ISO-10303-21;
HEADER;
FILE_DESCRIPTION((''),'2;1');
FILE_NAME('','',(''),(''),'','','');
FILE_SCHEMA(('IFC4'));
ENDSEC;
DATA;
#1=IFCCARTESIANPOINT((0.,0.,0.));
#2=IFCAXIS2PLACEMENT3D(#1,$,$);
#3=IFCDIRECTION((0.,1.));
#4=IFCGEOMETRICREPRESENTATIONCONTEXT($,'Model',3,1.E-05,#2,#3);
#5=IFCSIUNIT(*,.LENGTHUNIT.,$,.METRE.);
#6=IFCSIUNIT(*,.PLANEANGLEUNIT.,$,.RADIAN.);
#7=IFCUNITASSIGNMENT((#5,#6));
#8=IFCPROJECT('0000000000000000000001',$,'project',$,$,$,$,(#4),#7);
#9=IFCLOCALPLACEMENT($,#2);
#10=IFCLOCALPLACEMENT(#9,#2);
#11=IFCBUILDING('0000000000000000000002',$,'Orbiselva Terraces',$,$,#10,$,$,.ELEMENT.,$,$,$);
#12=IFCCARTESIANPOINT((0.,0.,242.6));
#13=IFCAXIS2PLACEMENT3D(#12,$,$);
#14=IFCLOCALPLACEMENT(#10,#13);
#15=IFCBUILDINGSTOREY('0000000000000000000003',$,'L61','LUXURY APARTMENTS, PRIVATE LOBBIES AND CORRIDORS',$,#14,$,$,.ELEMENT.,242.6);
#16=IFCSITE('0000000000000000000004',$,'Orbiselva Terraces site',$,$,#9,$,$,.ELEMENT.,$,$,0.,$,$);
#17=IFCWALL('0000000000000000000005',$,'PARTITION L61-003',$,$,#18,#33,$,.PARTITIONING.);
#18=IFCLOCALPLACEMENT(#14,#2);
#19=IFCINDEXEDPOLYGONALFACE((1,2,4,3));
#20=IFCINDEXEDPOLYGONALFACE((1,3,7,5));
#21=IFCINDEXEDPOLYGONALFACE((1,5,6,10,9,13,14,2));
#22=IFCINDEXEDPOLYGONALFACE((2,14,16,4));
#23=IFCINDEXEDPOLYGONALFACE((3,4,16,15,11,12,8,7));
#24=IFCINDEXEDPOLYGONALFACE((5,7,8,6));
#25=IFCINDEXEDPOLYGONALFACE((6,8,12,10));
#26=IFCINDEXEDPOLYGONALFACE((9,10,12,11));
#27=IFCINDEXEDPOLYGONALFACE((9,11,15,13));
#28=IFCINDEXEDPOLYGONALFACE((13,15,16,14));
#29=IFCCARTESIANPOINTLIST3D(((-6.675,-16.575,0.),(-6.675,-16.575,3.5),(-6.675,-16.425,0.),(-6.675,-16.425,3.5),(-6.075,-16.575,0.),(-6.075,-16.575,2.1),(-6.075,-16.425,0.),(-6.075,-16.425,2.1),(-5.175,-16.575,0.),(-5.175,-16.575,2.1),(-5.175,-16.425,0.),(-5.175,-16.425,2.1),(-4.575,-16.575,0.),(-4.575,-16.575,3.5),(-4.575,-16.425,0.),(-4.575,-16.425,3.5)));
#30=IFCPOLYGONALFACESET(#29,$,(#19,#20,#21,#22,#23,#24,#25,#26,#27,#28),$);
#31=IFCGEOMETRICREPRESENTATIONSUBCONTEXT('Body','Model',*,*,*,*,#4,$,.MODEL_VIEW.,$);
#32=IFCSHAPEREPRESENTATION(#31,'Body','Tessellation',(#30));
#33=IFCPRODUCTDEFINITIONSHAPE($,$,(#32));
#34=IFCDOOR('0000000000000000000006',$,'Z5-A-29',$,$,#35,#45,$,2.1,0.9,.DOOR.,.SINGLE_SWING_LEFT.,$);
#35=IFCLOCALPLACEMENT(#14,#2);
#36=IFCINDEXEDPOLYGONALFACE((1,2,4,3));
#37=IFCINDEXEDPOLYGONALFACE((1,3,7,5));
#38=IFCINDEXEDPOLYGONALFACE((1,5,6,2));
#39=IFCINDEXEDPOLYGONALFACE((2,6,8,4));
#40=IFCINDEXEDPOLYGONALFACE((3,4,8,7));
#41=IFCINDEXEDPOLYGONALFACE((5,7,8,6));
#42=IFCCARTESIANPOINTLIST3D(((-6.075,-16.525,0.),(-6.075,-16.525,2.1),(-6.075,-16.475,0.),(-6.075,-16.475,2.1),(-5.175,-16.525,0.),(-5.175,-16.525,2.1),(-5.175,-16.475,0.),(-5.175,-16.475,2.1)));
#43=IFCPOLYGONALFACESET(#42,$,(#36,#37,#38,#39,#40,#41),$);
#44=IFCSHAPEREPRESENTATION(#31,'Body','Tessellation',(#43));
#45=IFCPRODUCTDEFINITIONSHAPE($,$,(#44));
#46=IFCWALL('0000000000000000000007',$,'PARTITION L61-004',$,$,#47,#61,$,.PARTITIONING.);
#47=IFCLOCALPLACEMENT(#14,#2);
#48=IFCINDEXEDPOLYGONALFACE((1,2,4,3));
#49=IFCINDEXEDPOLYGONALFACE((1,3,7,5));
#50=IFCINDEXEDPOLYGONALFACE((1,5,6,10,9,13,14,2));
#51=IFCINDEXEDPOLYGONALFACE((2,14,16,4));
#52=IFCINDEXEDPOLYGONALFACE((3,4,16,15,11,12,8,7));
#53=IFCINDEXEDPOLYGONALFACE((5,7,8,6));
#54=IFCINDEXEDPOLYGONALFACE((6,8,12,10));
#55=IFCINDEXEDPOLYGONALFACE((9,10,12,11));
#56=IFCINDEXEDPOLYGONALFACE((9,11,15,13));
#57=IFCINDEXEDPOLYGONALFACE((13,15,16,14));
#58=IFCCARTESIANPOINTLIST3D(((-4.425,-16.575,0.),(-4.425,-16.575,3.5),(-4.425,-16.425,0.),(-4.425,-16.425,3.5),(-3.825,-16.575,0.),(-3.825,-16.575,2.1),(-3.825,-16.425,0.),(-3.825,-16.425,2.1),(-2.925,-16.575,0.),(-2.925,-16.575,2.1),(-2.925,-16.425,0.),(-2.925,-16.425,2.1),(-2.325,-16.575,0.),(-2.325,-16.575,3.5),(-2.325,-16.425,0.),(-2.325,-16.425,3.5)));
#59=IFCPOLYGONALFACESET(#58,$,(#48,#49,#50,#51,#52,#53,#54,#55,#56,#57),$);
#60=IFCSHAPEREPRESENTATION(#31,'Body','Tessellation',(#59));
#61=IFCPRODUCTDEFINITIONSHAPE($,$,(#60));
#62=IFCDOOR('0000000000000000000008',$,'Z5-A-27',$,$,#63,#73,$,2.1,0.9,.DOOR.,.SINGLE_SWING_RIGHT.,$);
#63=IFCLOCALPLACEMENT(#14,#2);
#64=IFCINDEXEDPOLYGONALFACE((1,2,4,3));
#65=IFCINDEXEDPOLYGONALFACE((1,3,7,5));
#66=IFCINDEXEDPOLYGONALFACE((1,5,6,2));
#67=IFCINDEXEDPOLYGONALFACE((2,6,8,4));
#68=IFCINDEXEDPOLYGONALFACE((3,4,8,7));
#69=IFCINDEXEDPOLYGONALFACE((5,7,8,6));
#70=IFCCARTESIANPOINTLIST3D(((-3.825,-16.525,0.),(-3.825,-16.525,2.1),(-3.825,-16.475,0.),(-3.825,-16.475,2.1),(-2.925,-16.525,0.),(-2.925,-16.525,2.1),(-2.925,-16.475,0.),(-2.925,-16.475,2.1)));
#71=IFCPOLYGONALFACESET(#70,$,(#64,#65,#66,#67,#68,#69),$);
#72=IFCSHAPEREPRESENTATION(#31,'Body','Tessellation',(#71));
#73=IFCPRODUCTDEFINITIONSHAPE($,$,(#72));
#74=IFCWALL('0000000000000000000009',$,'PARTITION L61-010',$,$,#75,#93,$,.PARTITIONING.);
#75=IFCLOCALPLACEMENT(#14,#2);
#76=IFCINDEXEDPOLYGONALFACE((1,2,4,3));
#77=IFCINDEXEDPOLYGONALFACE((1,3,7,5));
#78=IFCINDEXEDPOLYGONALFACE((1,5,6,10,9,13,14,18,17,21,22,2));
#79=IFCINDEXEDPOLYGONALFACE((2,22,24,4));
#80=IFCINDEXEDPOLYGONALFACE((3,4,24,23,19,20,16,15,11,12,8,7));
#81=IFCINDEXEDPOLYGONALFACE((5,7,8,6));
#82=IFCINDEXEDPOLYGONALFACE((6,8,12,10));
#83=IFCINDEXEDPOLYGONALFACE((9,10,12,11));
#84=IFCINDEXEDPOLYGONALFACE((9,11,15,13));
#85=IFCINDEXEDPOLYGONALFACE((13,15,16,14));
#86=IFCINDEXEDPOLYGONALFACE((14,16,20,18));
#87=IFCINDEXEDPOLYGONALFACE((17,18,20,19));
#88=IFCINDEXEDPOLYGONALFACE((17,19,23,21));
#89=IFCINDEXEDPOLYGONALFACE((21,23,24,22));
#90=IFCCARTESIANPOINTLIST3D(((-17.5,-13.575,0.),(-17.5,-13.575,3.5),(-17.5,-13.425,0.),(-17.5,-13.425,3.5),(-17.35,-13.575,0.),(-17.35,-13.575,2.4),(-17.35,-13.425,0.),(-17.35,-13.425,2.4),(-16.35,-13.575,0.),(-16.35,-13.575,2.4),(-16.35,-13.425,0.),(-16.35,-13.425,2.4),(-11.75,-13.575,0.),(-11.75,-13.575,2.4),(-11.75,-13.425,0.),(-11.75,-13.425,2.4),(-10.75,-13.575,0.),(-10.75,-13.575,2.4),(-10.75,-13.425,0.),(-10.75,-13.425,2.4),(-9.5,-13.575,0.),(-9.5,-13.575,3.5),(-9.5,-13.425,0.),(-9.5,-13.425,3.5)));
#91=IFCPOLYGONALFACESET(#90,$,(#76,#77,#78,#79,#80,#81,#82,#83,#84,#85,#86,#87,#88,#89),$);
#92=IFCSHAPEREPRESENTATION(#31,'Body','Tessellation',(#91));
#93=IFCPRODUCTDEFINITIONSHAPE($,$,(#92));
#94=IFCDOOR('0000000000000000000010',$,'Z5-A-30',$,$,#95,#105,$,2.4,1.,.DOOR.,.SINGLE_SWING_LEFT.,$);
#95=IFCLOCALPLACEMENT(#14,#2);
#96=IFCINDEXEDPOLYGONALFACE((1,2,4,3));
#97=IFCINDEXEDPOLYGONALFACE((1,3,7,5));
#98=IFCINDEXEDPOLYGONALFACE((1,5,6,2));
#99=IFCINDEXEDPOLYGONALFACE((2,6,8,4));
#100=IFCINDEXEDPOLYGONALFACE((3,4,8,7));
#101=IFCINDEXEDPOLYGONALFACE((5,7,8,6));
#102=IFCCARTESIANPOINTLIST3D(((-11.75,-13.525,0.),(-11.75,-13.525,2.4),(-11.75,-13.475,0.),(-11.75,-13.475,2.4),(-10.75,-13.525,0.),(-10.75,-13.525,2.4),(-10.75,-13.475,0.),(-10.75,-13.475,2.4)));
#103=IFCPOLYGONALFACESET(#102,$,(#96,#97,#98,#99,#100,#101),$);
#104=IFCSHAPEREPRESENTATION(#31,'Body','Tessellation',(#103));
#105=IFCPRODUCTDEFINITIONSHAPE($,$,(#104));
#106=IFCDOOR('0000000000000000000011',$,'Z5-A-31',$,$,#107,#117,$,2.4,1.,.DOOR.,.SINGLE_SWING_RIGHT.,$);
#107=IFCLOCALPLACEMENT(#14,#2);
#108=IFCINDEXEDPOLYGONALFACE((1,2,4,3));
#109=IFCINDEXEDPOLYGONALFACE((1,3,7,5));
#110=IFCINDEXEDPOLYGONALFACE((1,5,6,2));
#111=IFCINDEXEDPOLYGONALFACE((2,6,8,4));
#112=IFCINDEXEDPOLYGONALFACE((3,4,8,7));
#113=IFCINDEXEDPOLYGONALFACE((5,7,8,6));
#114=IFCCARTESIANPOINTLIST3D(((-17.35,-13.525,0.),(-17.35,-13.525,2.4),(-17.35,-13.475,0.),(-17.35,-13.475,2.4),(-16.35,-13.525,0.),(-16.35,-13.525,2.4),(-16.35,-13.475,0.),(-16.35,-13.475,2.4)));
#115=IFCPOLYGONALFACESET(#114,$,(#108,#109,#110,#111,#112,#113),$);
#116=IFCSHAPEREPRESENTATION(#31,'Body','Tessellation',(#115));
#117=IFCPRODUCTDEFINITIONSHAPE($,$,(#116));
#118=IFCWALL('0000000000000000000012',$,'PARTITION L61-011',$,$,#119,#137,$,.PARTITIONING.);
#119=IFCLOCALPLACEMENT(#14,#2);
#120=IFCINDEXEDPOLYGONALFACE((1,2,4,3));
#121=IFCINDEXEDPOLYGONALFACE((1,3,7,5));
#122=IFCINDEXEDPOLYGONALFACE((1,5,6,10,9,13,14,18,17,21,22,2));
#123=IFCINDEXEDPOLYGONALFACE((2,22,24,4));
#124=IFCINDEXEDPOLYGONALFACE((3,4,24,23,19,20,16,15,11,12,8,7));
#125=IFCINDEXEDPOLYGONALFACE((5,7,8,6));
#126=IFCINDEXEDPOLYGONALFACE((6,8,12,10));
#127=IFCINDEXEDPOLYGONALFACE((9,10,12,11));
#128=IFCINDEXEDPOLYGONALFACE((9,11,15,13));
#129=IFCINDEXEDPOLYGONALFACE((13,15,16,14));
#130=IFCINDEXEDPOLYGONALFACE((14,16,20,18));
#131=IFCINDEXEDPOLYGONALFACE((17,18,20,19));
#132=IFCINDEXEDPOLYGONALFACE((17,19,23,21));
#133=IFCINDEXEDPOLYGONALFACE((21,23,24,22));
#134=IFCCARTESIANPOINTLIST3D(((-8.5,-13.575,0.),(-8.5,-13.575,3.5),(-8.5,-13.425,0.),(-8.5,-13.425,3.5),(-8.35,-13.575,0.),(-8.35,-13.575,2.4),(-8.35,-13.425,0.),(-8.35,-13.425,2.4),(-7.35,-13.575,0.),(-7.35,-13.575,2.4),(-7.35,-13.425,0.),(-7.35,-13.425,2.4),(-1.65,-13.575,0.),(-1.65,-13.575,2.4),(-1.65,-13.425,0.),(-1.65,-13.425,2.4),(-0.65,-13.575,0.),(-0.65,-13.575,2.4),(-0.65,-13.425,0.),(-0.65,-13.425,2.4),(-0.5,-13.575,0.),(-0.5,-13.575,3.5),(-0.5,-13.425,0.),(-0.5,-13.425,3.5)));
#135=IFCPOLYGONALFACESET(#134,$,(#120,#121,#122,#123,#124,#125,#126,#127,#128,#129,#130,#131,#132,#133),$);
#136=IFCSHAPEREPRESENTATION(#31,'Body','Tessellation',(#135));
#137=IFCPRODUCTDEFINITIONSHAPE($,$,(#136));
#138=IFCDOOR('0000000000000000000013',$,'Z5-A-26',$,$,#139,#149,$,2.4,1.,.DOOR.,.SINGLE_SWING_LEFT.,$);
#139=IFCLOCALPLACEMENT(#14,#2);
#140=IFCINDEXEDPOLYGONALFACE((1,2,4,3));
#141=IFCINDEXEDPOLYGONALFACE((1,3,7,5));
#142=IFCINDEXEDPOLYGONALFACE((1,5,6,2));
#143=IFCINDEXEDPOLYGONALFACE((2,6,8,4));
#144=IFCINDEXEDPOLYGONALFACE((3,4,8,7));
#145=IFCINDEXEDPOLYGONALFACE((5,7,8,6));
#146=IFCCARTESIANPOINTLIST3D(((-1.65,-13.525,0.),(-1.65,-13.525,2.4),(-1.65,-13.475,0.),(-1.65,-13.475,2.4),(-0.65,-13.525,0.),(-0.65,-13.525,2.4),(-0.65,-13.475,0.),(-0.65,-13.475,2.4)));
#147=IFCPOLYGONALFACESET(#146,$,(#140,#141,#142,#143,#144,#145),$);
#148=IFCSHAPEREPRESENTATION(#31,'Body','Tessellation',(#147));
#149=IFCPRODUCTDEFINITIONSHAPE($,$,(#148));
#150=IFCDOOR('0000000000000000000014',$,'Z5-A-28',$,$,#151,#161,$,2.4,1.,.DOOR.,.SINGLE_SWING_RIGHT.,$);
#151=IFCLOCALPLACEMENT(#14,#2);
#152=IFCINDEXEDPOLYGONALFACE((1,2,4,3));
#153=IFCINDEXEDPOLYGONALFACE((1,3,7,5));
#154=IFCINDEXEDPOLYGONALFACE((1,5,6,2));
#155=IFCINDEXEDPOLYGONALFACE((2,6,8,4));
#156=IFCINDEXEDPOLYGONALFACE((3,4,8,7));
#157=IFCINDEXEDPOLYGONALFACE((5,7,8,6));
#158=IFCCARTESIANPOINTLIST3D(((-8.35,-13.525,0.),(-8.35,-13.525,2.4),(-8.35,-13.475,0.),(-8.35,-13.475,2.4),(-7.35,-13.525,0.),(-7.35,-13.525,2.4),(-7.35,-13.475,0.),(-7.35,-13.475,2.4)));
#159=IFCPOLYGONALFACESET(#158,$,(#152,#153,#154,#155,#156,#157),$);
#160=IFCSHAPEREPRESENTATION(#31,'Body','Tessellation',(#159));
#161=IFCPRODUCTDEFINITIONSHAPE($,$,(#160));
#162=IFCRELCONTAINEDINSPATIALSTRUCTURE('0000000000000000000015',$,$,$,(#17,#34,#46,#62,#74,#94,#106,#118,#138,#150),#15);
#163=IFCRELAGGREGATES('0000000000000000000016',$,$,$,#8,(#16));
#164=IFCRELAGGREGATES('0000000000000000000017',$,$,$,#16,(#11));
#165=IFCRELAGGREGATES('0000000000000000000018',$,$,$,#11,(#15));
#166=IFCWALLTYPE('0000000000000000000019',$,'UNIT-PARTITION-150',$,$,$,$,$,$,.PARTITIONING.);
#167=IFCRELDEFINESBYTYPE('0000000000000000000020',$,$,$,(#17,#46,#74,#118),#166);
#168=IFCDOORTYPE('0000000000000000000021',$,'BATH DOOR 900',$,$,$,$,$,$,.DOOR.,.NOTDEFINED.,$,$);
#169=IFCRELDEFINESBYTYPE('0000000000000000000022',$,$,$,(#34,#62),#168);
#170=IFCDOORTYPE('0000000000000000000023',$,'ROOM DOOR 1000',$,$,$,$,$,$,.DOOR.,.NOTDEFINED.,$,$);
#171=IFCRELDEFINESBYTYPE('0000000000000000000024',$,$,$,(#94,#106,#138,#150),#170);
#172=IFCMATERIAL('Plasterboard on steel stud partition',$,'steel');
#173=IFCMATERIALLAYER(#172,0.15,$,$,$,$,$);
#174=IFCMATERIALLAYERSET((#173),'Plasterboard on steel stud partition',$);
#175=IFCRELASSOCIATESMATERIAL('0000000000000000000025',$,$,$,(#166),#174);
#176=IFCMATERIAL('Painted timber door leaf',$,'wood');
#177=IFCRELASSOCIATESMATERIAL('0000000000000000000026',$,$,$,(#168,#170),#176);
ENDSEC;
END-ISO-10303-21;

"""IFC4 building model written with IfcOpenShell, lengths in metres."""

from ifc_helpers import new_model, si_unit, direction, frame, frame_2d, origin, place, context, subcontext, project, spatial, rectangle, extrude, material, layer, layer_set, type_object, element, fill, save


model = new_model("IFC4")

# Units and contexts
model_context = context("Model", 3, precision=1e-05, world=origin(), true_north=direction((0.0, 1.0)))
body_context = subcontext(model_context, "Body", "Model", "MODEL_VIEW")
ifc_project = project(units=[si_unit("LENGTHUNIT", "METRE"), si_unit("PLANEANGLEUNIT", "RADIAN")], contexts=[model_context])

# Site, building, storey
site_placement = place(None, origin())
site = spatial("IfcSite", under=ifc_project, at=site_placement, Name="Orbiselva Terraces site", CompositionType="ELEMENT", RefElevation=0.0)
building_placement = place(site_placement, origin())
building = spatial("IfcBuilding", under=site, at=building_placement, Name="Orbiselva Terraces", CompositionType="ELEMENT")
storey_placement = place(building_placement, frame((0.0, 0.0, 242.6)))
storey = spatial("IfcBuildingStorey", under=building, at=storey_placement, Name="L61", Description="LUXURY APARTMENTS, PRIVATE LOBBIES AND CORRIDORS", CompositionType="ELEMENT", Elevation=242.6)

# Walls, openings, doors
ifc_material_1 = material(Name="Plasterboard on steel stud partition", Category="steel")
ifc_layer_1 = layer(ifc_material_1, 0.15)
ifc_layer_set_1 = layer_set([ifc_layer_1], Name="Plasterboard on steel stud partition")
wall_type_1 = type_object("IfcWallType", Name="UNIT-PARTITION-150", PredefinedType="PARTITIONING", material=ifc_layer_set_1)
wall_1_placement = place(storey_placement, frame((-6.675, -16.5, 0.0), z_axis=(0.0, 0.0, 1.0), x_axis=(1.0, 0.0, 0.0)))
wall_1 = element("IfcWall", 1, at=wall_1_placement, inside=storey, type_object=wall_type_1, Name="PARTITION L61-003", PredefinedType="PARTITIONING", context=body_context, shape_type="SweptSolid", body=[
    extrude(rectangle(XDim=2.1, YDim=0.15, at=frame_2d((1.05, 0.0))), origin(), (0.0, 0.0, 1.0), 3.5),
])
opening_1_placement = place(wall_1_placement, frame((0.6, 0.0, 0.0)))
opening_1 = element("IfcOpeningElement", 2, at=opening_1_placement, cuts=wall_1, PredefinedType="OPENING", context=body_context, shape_type="SweptSolid", body=[
    extrude(rectangle(XDim=0.9, YDim=2.1, at=frame_2d((0.45, 1.05))), frame((0.0, 0.085, 0.0), z_axis=(0.0, -1.0, 0.0), x_axis=(1.0, 0.0, 0.0)), (0.0, 0.0, 1.0), 0.17),
])
ifc_material_2 = material(Name="Painted timber door leaf", Category="wood")
door_type_1 = type_object("IfcDoorType", Name="BATH DOOR 900", OperationType="NOTDEFINED", PredefinedType="DOOR", material=ifc_material_2)
door_1_placement = place(opening_1_placement, origin())
door_1 = element("IfcDoor", 3, at=door_1_placement, inside=storey, type_object=door_type_1, Name="Z5-A-29", OperationType="SINGLE_SWING_LEFT", OverallHeight=2.1, OverallWidth=0.9, PredefinedType="DOOR", context=body_context, shape_type="SweptSolid", body=[
    extrude(rectangle(XDim=0.9, YDim=2.1, at=frame_2d((0.45, 1.05))), frame((0.0, 0.025, 0.0), z_axis=(0.0, -1.0, 0.0), x_axis=(1.0, 0.0, 0.0)), (0.0, 0.0, 1.0), 0.05),
])
fill(opening_1, door_1)
wall_2_placement = place(storey_placement, frame((-4.425, -16.5, 0.0), z_axis=(0.0, 0.0, 1.0), x_axis=(1.0, 0.0, 0.0)))
wall_2 = element("IfcWall", 4, at=wall_2_placement, inside=storey, type_object=wall_type_1, Name="PARTITION L61-004", PredefinedType="PARTITIONING", context=body_context, shape_type="SweptSolid", body=[
    extrude(rectangle(XDim=2.1, YDim=0.15, at=frame_2d((1.05, 0.0))), origin(), (0.0, 0.0, 1.0), 3.5),
])
opening_2_placement = place(wall_2_placement, frame((0.6, 0.0, 0.0)))
opening_2 = element("IfcOpeningElement", 5, at=opening_2_placement, cuts=wall_2, PredefinedType="OPENING", context=body_context, shape_type="SweptSolid", body=[
    extrude(rectangle(XDim=0.9, YDim=2.1, at=frame_2d((0.45, 1.05))), frame((0.0, 0.085, 0.0), z_axis=(0.0, -1.0, 0.0), x_axis=(1.0, 0.0, 0.0)), (0.0, 0.0, 1.0), 0.17),
])
door_2_placement = place(opening_2_placement, origin())
door_2 = element("IfcDoor", 6, at=door_2_placement, inside=storey, type_object=door_type_1, Name="Z5-A-27", OperationType="SINGLE_SWING_RIGHT", OverallHeight=2.1, OverallWidth=0.9, PredefinedType="DOOR", context=body_context, shape_type="SweptSolid", body=[
    extrude(rectangle(XDim=0.9, YDim=2.1, at=frame_2d((0.45, 1.05))), frame((0.0, 0.025, 0.0), z_axis=(0.0, -1.0, 0.0), x_axis=(1.0, 0.0, 0.0)), (0.0, 0.0, 1.0), 0.05),
])
fill(opening_2, door_2)

# Walls, openings, doors
wall_3_placement = place(storey_placement, frame((-9.5, -13.5, 0.0), z_axis=(0.0, 0.0, 1.0), x_axis=(-1.0, 0.0, 0.0)))
wall_3 = element("IfcWall", 7, at=wall_3_placement, inside=storey, type_object=wall_type_1, Name="PARTITION L61-010", PredefinedType="PARTITIONING", context=body_context, shape_type="SweptSolid", body=[
    extrude(rectangle(XDim=8.0, YDim=0.15, at=frame_2d((4.0, 0.0))), origin(), (0.0, 0.0, 1.0), 3.5),
])
opening_3_placement = place(wall_3_placement, frame((1.25, 0.0, 0.0)))
opening_3 = element("IfcOpeningElement", 8, at=opening_3_placement, cuts=wall_3, PredefinedType="OPENING", context=body_context, shape_type="SweptSolid", body=[
    extrude(rectangle(XDim=1.0, YDim=2.4, at=frame_2d((0.5, 1.2))), frame((0.0, 0.085, 0.0), z_axis=(0.0, -1.0, 0.0), x_axis=(1.0, 0.0, 0.0)), (0.0, 0.0, 1.0), 0.17),
])
opening_4_placement = place(wall_3_placement, frame((6.85, 0.0, 0.0)))
opening_4 = element("IfcOpeningElement", 9, at=opening_4_placement, cuts=wall_3, PredefinedType="OPENING", context=body_context, shape_type="SweptSolid", body=[
    extrude(rectangle(XDim=1.0, YDim=2.4, at=frame_2d((0.5, 1.2))), frame((0.0, 0.085, 0.0), z_axis=(0.0, -1.0, 0.0), x_axis=(1.0, 0.0, 0.0)), (0.0, 0.0, 1.0), 0.17),
])
door_type_2 = type_object("IfcDoorType", Name="ROOM DOOR 1000", OperationType="NOTDEFINED", PredefinedType="DOOR", material=ifc_material_2)
door_3_placement = place(opening_3_placement, origin())
door_3 = element("IfcDoor", 10, at=door_3_placement, inside=storey, type_object=door_type_2, Name="Z5-A-30", OperationType="SINGLE_SWING_LEFT", OverallHeight=2.4, OverallWidth=1.0, PredefinedType="DOOR", context=body_context, shape_type="SweptSolid", body=[
    extrude(rectangle(XDim=1.0, YDim=2.4, at=frame_2d((0.5, 1.2))), frame((0.0, 0.025, 0.0), z_axis=(0.0, -1.0, 0.0), x_axis=(1.0, 0.0, 0.0)), (0.0, 0.0, 1.0), 0.05),
])
fill(opening_3, door_3)
door_4_placement = place(opening_4_placement, origin())
door_4 = element("IfcDoor", 11, at=door_4_placement, inside=storey, type_object=door_type_2, Name="Z5-A-31", OperationType="SINGLE_SWING_RIGHT", OverallHeight=2.4, OverallWidth=1.0, PredefinedType="DOOR", context=body_context, shape_type="SweptSolid", body=[
    extrude(rectangle(XDim=1.0, YDim=2.4, at=frame_2d((0.5, 1.2))), frame((0.0, 0.025, 0.0), z_axis=(0.0, -1.0, 0.0), x_axis=(1.0, 0.0, 0.0)), (0.0, 0.0, 1.0), 0.05),
])
fill(opening_4, door_4)
wall_4_placement = place(storey_placement, frame((-0.5, -13.5, 0.0), z_axis=(0.0, 0.0, 1.0), x_axis=(-1.0, 0.0, 0.0)))
wall_4 = element("IfcWall", 12, at=wall_4_placement, inside=storey, type_object=wall_type_1, Name="PARTITION L61-011", PredefinedType="PARTITIONING", context=body_context, shape_type="SweptSolid", body=[
    extrude(rectangle(XDim=8.0, YDim=0.15, at=frame_2d((4.0, 0.0))), origin(), (0.0, 0.0, 1.0), 3.5),
])
opening_5_placement = place(wall_4_placement, frame((0.15, 0.0, 0.0)))
opening_5 = element("IfcOpeningElement", 13, at=opening_5_placement, cuts=wall_4, PredefinedType="OPENING", context=body_context, shape_type="SweptSolid", body=[
    extrude(rectangle(XDim=1.0, YDim=2.4, at=frame_2d((0.5, 1.2))), frame((0.0, 0.085, 0.0), z_axis=(0.0, -1.0, 0.0), x_axis=(1.0, 0.0, 0.0)), (0.0, 0.0, 1.0), 0.17),
])
opening_6_placement = place(wall_4_placement, frame((6.85, 0.0, 0.0)))
opening_6 = element("IfcOpeningElement", 14, at=opening_6_placement, cuts=wall_4, PredefinedType="OPENING", context=body_context, shape_type="SweptSolid", body=[
    extrude(rectangle(XDim=1.0, YDim=2.4, at=frame_2d((0.5, 1.2))), frame((0.0, 0.085, 0.0), z_axis=(0.0, -1.0, 0.0), x_axis=(1.0, 0.0, 0.0)), (0.0, 0.0, 1.0), 0.17),
])
door_5_placement = place(opening_5_placement, origin())
door_5 = element("IfcDoor", 15, at=door_5_placement, inside=storey, type_object=door_type_2, Name="Z5-A-26", OperationType="SINGLE_SWING_LEFT", OverallHeight=2.4, OverallWidth=1.0, PredefinedType="DOOR", context=body_context, shape_type="SweptSolid", body=[
    extrude(rectangle(XDim=1.0, YDim=2.4, at=frame_2d((0.5, 1.2))), frame((0.0, 0.025, 0.0), z_axis=(0.0, -1.0, 0.0), x_axis=(1.0, 0.0, 0.0)), (0.0, 0.0, 1.0), 0.05),
])
fill(opening_5, door_5)
door_6_placement = place(opening_6_placement, origin())
door_6 = element("IfcDoor", 16, at=door_6_placement, inside=storey, type_object=door_type_2, Name="Z5-A-28", OperationType="SINGLE_SWING_RIGHT", OverallHeight=2.4, OverallWidth=1.0, PredefinedType="DOOR", context=body_context, shape_type="SweptSolid", body=[
    extrude(rectangle(XDim=1.0, YDim=2.4, at=frame_2d((0.5, 1.2))), frame((0.0, 0.025, 0.0), z_axis=(0.0, -1.0, 0.0), x_axis=(1.0, 0.0, 0.0)), (0.0, 0.0, 1.0), 0.05),
])
fill(opening_6, door_6)

save(model, "model.ifc")
